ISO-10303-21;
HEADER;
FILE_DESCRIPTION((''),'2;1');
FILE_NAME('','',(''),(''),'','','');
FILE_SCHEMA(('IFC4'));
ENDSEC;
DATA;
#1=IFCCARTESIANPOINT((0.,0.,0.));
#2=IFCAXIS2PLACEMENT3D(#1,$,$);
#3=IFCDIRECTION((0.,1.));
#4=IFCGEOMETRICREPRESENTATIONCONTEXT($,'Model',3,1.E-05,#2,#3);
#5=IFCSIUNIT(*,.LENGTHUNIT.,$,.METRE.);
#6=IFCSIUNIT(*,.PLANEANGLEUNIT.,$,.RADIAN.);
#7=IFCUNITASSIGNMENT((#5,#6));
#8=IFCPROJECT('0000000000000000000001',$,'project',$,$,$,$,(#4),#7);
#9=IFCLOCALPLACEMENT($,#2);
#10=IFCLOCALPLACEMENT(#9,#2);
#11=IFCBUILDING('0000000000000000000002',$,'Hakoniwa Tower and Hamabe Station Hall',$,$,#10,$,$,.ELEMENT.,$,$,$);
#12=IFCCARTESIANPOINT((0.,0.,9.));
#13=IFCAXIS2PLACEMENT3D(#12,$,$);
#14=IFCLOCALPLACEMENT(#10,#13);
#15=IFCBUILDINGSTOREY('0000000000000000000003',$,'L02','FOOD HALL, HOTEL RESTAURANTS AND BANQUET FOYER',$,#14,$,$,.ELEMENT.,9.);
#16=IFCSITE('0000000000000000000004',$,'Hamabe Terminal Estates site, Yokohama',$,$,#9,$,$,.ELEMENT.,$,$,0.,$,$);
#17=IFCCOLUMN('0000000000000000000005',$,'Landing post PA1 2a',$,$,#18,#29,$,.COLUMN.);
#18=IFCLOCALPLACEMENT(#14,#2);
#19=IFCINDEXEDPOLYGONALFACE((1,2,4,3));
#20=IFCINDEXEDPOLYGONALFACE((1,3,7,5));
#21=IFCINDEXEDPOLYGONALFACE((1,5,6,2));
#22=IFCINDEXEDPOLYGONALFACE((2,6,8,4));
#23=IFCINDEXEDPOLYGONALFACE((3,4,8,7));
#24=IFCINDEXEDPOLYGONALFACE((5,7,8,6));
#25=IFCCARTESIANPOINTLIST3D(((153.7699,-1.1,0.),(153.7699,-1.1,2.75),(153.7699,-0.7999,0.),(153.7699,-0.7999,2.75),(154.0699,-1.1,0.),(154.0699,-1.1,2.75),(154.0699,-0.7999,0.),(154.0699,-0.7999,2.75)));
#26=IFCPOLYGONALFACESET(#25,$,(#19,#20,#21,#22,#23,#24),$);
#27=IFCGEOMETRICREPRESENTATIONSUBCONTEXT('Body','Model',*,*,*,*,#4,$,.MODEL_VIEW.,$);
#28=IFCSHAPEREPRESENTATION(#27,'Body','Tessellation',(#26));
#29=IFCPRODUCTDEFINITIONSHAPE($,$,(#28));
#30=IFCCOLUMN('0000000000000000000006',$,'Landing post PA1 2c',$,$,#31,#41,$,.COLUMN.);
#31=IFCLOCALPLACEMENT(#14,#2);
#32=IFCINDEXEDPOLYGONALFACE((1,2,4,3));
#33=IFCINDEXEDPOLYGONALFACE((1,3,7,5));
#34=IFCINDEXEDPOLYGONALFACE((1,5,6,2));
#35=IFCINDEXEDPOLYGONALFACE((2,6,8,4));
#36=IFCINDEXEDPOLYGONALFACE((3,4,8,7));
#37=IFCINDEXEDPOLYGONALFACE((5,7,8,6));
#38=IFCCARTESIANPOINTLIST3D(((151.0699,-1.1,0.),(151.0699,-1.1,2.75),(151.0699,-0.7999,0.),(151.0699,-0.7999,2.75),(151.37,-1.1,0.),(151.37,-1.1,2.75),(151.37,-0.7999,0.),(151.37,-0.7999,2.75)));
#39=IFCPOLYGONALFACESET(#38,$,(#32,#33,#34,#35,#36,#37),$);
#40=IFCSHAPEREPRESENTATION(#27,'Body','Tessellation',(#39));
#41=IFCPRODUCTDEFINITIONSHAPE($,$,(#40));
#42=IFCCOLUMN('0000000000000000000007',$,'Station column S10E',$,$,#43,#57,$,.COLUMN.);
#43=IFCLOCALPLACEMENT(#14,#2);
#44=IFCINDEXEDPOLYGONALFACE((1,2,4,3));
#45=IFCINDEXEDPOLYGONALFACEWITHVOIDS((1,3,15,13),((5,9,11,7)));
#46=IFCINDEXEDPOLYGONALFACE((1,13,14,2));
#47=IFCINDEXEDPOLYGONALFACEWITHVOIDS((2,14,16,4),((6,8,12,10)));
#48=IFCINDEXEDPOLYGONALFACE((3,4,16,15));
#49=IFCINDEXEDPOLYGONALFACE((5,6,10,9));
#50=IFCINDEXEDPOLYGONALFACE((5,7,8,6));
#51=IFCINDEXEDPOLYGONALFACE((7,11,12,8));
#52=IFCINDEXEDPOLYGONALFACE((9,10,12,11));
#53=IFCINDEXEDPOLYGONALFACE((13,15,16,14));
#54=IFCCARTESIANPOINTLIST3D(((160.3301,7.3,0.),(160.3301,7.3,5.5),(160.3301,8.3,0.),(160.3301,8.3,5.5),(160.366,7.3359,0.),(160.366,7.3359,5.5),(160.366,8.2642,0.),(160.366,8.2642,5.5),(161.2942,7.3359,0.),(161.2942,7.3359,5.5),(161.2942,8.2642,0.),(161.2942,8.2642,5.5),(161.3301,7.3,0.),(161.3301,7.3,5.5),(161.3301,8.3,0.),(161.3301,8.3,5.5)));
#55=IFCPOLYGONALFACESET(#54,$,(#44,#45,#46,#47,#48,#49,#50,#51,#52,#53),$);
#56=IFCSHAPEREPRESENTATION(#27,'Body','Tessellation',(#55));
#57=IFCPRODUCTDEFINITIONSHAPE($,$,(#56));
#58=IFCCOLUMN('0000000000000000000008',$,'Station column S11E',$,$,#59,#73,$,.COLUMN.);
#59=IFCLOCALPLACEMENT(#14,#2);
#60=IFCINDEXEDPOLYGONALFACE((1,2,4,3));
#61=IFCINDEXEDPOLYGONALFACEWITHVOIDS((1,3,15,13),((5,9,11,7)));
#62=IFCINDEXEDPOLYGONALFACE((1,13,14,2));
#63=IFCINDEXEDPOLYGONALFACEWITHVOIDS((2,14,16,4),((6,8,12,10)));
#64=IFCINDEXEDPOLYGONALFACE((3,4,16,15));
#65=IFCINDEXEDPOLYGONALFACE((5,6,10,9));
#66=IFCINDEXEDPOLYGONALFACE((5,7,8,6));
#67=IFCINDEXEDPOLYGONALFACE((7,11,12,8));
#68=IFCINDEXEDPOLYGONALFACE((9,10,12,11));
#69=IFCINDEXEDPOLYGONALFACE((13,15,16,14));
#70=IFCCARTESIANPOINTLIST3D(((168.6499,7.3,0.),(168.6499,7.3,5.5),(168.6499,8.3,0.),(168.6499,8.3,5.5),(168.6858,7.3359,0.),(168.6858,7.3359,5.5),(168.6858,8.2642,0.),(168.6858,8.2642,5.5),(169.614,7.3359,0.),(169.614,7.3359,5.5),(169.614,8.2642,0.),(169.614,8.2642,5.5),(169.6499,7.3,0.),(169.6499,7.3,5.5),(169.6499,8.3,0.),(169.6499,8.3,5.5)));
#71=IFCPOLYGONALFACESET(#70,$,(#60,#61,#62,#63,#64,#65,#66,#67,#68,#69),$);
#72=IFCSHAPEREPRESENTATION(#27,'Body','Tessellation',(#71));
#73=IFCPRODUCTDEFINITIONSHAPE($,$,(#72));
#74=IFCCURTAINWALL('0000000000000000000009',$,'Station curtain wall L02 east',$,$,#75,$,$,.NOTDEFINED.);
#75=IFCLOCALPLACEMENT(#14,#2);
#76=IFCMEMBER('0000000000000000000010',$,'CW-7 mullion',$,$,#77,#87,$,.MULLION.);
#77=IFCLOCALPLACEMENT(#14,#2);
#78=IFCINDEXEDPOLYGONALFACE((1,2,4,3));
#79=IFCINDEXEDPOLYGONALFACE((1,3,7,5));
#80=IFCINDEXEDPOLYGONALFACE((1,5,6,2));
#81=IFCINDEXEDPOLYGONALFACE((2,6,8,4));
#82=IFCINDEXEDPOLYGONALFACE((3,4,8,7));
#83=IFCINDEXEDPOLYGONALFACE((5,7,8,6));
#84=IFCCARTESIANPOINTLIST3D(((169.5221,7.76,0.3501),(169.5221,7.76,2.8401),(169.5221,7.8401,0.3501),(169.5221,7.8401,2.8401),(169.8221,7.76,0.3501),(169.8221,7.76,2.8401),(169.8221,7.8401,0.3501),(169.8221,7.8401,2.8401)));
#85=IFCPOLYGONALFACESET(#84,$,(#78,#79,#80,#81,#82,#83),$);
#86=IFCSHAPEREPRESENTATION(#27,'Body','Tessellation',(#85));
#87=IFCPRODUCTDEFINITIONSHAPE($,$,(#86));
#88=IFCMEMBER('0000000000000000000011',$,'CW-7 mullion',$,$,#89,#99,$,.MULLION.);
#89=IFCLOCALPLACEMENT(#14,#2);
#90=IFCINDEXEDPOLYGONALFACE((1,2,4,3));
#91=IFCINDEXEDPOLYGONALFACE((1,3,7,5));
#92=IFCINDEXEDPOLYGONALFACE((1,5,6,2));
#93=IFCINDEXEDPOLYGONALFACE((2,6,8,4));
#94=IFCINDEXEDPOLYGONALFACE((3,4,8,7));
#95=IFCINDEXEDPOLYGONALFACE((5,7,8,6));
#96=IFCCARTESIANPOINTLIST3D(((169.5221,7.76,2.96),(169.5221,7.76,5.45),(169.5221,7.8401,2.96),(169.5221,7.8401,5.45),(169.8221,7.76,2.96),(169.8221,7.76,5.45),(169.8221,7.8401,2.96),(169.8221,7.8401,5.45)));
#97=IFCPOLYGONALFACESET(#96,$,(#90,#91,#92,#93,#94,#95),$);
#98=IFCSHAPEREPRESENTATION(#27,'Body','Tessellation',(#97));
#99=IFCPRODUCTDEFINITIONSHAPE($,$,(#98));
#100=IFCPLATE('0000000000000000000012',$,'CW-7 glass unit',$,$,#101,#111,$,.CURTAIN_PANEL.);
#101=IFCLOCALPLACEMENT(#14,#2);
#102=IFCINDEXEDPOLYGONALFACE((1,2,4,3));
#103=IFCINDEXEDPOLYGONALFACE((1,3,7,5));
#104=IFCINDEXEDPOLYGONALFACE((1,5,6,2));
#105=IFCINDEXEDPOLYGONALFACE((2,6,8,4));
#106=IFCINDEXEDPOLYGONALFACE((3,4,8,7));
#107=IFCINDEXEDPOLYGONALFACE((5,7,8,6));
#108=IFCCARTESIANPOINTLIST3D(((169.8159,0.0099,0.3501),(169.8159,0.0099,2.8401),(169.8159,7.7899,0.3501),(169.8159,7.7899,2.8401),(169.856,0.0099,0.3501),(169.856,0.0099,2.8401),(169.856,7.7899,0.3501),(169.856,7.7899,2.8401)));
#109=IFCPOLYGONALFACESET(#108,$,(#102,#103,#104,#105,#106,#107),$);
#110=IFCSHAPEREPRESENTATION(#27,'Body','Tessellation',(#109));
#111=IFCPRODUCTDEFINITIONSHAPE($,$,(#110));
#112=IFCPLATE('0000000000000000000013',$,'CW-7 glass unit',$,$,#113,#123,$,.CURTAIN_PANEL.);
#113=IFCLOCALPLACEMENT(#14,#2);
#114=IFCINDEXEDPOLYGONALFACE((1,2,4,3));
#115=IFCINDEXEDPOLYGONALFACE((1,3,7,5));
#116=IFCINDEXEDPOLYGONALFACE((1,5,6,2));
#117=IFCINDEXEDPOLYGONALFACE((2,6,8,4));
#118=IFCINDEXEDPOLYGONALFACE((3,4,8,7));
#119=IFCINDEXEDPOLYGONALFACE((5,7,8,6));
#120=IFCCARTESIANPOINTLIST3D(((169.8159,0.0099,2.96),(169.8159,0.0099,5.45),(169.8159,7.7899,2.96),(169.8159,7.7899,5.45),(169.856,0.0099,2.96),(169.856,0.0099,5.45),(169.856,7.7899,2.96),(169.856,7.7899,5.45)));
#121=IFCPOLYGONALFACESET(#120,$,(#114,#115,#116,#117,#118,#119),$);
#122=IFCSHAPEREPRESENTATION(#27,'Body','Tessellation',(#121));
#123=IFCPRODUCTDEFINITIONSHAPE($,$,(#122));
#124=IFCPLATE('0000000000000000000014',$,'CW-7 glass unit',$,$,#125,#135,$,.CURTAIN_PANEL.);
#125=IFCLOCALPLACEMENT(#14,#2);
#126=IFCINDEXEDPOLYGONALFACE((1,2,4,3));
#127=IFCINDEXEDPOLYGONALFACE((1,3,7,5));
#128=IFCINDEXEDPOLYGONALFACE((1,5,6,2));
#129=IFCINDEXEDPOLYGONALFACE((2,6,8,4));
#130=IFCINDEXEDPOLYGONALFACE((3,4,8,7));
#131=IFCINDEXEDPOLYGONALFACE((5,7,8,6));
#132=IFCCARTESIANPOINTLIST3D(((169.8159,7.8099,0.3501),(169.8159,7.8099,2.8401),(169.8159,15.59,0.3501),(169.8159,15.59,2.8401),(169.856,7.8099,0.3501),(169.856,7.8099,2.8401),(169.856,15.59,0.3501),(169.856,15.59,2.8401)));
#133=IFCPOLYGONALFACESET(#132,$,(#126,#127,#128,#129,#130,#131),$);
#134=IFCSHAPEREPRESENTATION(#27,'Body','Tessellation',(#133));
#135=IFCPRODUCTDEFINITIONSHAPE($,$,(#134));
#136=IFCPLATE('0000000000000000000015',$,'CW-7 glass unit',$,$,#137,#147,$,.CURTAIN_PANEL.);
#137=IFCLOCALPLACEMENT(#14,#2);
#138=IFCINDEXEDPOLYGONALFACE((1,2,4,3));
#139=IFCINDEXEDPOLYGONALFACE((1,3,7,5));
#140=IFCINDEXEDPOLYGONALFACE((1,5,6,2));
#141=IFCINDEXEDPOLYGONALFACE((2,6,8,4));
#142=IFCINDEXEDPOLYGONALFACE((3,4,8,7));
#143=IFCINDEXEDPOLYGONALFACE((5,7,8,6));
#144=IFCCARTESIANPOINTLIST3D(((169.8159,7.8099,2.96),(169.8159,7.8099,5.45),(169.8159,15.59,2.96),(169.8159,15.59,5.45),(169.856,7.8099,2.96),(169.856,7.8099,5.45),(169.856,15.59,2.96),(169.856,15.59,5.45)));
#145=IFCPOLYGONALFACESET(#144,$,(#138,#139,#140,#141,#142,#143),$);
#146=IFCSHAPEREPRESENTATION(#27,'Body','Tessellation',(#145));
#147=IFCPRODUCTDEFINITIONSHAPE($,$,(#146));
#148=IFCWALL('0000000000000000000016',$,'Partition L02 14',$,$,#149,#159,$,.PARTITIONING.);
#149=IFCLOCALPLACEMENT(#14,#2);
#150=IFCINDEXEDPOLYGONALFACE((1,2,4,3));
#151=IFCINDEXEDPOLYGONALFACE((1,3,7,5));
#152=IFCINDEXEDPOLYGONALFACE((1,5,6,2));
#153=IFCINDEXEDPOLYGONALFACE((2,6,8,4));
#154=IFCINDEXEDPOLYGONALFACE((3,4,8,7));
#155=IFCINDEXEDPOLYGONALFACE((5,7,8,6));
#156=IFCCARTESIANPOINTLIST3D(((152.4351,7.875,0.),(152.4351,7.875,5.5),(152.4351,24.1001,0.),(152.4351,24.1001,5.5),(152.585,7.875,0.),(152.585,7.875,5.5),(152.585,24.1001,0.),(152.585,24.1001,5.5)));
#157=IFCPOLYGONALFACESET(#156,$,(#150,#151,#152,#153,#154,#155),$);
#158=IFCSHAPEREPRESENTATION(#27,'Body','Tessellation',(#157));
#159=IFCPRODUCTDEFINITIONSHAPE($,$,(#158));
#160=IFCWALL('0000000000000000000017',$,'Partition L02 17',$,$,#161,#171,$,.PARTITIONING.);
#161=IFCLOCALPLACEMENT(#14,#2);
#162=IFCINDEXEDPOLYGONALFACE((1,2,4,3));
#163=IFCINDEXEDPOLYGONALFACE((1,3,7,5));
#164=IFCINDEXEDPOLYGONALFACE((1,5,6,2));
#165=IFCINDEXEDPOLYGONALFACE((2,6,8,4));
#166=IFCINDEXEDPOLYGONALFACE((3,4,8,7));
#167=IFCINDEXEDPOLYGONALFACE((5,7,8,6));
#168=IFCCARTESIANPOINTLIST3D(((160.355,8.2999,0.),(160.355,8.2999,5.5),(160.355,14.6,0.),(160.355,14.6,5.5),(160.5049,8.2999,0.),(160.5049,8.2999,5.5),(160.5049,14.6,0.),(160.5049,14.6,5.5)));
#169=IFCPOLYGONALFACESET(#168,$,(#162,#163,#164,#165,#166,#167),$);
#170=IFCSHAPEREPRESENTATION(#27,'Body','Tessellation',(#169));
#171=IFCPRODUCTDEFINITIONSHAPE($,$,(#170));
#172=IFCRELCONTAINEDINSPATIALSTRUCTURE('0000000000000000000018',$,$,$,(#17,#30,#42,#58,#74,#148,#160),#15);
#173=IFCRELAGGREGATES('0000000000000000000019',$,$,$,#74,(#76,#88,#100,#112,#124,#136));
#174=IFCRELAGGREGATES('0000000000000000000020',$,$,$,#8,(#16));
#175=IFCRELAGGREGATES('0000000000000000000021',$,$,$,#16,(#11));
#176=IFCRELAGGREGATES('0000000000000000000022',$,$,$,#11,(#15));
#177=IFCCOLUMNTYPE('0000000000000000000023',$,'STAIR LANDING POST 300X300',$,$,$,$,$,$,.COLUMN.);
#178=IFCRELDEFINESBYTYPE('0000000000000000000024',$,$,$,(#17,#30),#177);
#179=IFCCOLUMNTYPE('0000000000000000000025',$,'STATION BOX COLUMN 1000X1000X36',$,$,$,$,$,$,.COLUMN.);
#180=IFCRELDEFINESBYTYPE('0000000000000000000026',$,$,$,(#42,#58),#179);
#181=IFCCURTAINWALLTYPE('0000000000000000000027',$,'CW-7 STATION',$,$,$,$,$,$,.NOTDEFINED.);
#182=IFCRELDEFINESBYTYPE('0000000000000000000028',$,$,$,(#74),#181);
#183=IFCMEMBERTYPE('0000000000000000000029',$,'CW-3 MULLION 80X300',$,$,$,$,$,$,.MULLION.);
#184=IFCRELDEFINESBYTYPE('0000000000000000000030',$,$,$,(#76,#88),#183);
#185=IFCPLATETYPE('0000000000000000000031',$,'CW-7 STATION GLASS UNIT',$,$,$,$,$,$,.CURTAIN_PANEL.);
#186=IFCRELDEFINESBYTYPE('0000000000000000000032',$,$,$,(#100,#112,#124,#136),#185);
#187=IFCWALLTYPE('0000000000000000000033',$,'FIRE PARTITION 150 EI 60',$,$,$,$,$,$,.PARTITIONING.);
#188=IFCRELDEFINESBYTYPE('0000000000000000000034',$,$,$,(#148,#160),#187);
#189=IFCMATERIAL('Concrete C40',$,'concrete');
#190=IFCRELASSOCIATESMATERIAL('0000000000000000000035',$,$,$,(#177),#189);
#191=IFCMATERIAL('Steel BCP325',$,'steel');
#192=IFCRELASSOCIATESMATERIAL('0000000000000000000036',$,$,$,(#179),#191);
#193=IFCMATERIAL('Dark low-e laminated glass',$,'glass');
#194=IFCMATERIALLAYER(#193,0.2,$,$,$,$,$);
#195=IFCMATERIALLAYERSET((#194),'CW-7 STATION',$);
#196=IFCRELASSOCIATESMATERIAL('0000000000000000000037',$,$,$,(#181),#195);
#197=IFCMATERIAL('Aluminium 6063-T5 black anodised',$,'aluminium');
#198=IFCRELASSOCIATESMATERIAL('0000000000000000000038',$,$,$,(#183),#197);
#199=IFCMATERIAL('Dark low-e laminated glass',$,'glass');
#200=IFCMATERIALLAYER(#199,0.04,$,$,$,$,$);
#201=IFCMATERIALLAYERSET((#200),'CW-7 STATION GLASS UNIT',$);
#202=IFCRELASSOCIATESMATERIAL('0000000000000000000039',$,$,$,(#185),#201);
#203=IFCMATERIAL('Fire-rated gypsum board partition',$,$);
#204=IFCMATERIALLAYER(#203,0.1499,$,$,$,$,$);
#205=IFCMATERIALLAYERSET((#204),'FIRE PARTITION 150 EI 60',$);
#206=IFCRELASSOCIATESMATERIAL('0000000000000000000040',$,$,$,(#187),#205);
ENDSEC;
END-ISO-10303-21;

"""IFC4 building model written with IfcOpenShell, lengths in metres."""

from ifc_helpers import new_model, si_unit, direction, frame, frame_2d, origin, origin_2d, place, context, subcontext, project, spatial, rectangle, hollow_rectangle, extrude, material, layer, layer_set, material_profile, profile_set, type_object, element, aggregate, save


model = new_model("IFC4")

# Units and contexts
model_context = context("Model", 3, precision=1e-05, world=origin(), true_north=direction((0.0, 1.0)))
body_context = subcontext(model_context, "Body", "Model", "MODEL_VIEW")
ifc_project = project(units=[si_unit("LENGTHUNIT", "METRE"), si_unit("PLANEANGLEUNIT", "RADIAN")], contexts=[model_context])

# Site, building, storey
site_placement = place(None, origin())
site = spatial("IfcSite", under=ifc_project, at=site_placement, Name="Hamabe Terminal Estates site, Yokohama", CompositionType="ELEMENT", RefElevation=0.0)
building_placement = place(site_placement, origin())
building = spatial("IfcBuilding", under=site, at=building_placement, Name="Hakoniwa Tower and Hamabe Station Hall", CompositionType="ELEMENT")
storey_placement = place(building_placement, frame((0.0, 0.0, 9.0)))
storey = spatial("IfcBuildingStorey", under=building, at=storey_placement, Name="L02", Description="FOOD HALL, HOTEL RESTAURANTS AND BANQUET FOYER", CompositionType="ELEMENT", Elevation=9.0)

# Columns
ifc_material_1 = material(Name="Concrete C40", Category="concrete")
ifc_material_profile_1 = material_profile(ifc_material_1, rectangle(XDim=0.3, YDim=0.3, at=origin_2d()), Name="STAIR LANDING POST 300X300")
ifc_profile_set_1 = profile_set([ifc_material_profile_1], Name="Concrete C40")
column_type_1 = type_object("IfcColumnType", Name="STAIR LANDING POST 300X300", PredefinedType="COLUMN", material=ifc_profile_set_1)
for number, where, z_axis, x_axis, name in (
    (1, (153.9199, -0.95, 0.0), (0.0, 0.0, 1.0), (1.0, 0.0, 0.0), "Landing post PA1 2a"),
    (2, (151.22, -0.95, 0.0), (0.0, 0.0, 1.0), (1.0, 0.0, 0.0), "Landing post PA1 2c"),
):
    element("IfcColumn", number, at=place(storey_placement, frame(where, z_axis=z_axis, x_axis=x_axis)), inside=storey, type_object=column_type_1, Name=name, PredefinedType="COLUMN", context=body_context, shape_type="SweptSolid", body=[
        extrude(rectangle(XDim=0.3, YDim=0.3, at=origin_2d()), origin(), (0.0, 0.0, 1.0), 2.75),
    ])
ifc_material_2 = material(Name="Steel BCP325", Category="steel")
ifc_material_profile_2 = material_profile(ifc_material_2, hollow_rectangle(XDim=1.0, YDim=1.0, WallThickness=0.0359, at=origin_2d()), Name="STATION BOX COLUMN 1000X1000X36")
ifc_profile_set_2 = profile_set([ifc_material_profile_2], Name="Steel BCP325")
column_type_2 = type_object("IfcColumnType", Name="STATION BOX COLUMN 1000X1000X36", PredefinedType="COLUMN", material=ifc_profile_set_2)
for number, where, z_axis, x_axis, name in (
    (3, (160.8301, 7.8, 0.0), (0.0, 0.0, 1.0), (1.0, 0.0, 0.0), "Station column S10E"),
    (4, (169.1499, 7.8, 0.0), (0.0, 0.0, 1.0), (1.0, 0.0, 0.0), "Station column S11E"),
):
    element("IfcColumn", number, at=place(storey_placement, frame(where, z_axis=z_axis, x_axis=x_axis)), inside=storey, type_object=column_type_2, Name=name, PredefinedType="COLUMN", context=body_context, shape_type="SweptSolid", body=[
        extrude(hollow_rectangle(XDim=1.0, YDim=1.0, WallThickness=0.0359, at=origin_2d()), origin(), (0.0, 0.0, 1.0), 5.5),
    ])

# Curtain wall, members, plates
ifc_material_3 = material(Name="Dark low-e laminated glass", Category="glass")
ifc_layer_1 = layer(ifc_material_3, 0.2)
ifc_layer_set_1 = layer_set([ifc_layer_1], Name="CW-7 STATION")
curtain_wall_type = type_object("IfcCurtainWallType", Name="CW-7 STATION", PredefinedType="NOTDEFINED", material=ifc_layer_set_1)
curtain_wall_placement = place(storey_placement, origin())
curtain_wall = element("IfcCurtainWall", 5, at=curtain_wall_placement, inside=storey, type_object=curtain_wall_type, Name="Station curtain wall L02 east", PredefinedType="NOTDEFINED")
ifc_material_4 = material(Name="Aluminium 6063-T5 black anodised", Category="aluminium")
ifc_material_profile_3 = material_profile(ifc_material_4, rectangle(XDim=0.0801, YDim=0.3, at=origin_2d()), Name="CW-3 MULLION 80X300")
ifc_profile_set_3 = profile_set([ifc_material_profile_3], Name="Aluminium 6063-T5 black anodised")
member_type = type_object("IfcMemberType", Name="CW-3 MULLION 80X300", PredefinedType="MULLION", material=ifc_profile_set_3)
member_1_placement = place(storey_placement, frame((169.6721, 7.8, 0.3501), z_axis=(0.0, 0.0, 1.0), x_axis=(0.0, 1.0, 0.0)))
member_1 = element("IfcMember", 6, at=member_1_placement, type_object=member_type, Name="CW-7 mullion", PredefinedType="MULLION", context=body_context, shape_type="SweptSolid", body=[
    extrude(rectangle(XDim=0.0801, YDim=0.3, at=origin_2d()), origin(), (0.0, 0.0, 1.0), 2.49),
])
member_2_placement = place(storey_placement, frame((169.6721, 7.8, 2.96), z_axis=(0.0, 0.0, 1.0), x_axis=(0.0, 1.0, 0.0)))
member_2 = element("IfcMember", 7, at=member_2_placement, type_object=member_type, Name="CW-7 mullion", PredefinedType="MULLION", context=body_context, shape_type="SweptSolid", body=[
    extrude(rectangle(XDim=0.0801, YDim=0.3, at=origin_2d()), origin(), (0.0, 0.0, 1.0), 2.49),
])
ifc_material_5 = material(Name="Dark low-e laminated glass", Category="glass")
ifc_layer_2 = layer(ifc_material_5, 0.04)
ifc_layer_set_2 = layer_set([ifc_layer_2], Name="CW-7 STATION GLASS UNIT")
plate_type = type_object("IfcPlateType", Name="CW-7 STATION GLASS UNIT", PredefinedType="CURTAIN_PANEL", material=ifc_layer_set_2)
plate_1_placement = place(storey_placement, frame((169.8359, 3.8999, 0.3501), z_axis=(0.0, 0.0, 1.0), x_axis=(0.0, 1.0, 0.0)))
plate_1 = element("IfcPlate", 8, at=plate_1_placement, type_object=plate_type, Name="CW-7 glass unit", PredefinedType="CURTAIN_PANEL", context=body_context, shape_type="SweptSolid", body=[
    extrude(rectangle(XDim=7.78, YDim=0.04, at=origin_2d()), origin(), (0.0, 0.0, 1.0), 2.49),
])
plate_2_placement = place(storey_placement, frame((169.8359, 3.8999, 2.96), z_axis=(0.0, 0.0, 1.0), x_axis=(0.0, 1.0, 0.0)))
plate_2 = element("IfcPlate", 9, at=plate_2_placement, type_object=plate_type, Name="CW-7 glass unit", PredefinedType="CURTAIN_PANEL", context=body_context, shape_type="SweptSolid", body=[
    extrude(rectangle(XDim=7.78, YDim=0.04, at=origin_2d()), origin(), (0.0, 0.0, 1.0), 2.49),
])
plate_3_placement = place(storey_placement, frame((169.8359, 11.7, 0.3501), z_axis=(0.0, 0.0, 1.0), x_axis=(0.0, 1.0, 0.0)))
plate_3 = element("IfcPlate", 10, at=plate_3_placement, type_object=plate_type, Name="CW-7 glass unit", PredefinedType="CURTAIN_PANEL", context=body_context, shape_type="SweptSolid", body=[
    extrude(rectangle(XDim=7.78, YDim=0.04, at=origin_2d()), origin(), (0.0, 0.0, 1.0), 2.49),
])
plate_4_placement = place(storey_placement, frame((169.8359, 11.7, 2.96), z_axis=(0.0, 0.0, 1.0), x_axis=(0.0, 1.0, 0.0)))
plate_4 = element("IfcPlate", 11, at=plate_4_placement, type_object=plate_type, Name="CW-7 glass unit", PredefinedType="CURTAIN_PANEL", context=body_context, shape_type="SweptSolid", body=[
    extrude(rectangle(XDim=7.78, YDim=0.04, at=origin_2d()), origin(), (0.0, 0.0, 1.0), 2.49),
])
aggregate(curtain_wall, [member_1, member_2, plate_1, plate_2, plate_3, plate_4])

# Walls
ifc_material_6 = material(Name="Fire-rated gypsum board partition")
ifc_layer_3 = layer(ifc_material_6, 0.1499)
ifc_layer_set_3 = layer_set([ifc_layer_3], Name="FIRE PARTITION 150 EI 60")
wall_type_1 = type_object("IfcWallType", Name="FIRE PARTITION 150 EI 60", PredefinedType="PARTITIONING", material=ifc_layer_set_3)
wall_1_placement = place(storey_placement, frame((152.51, 7.875, 0.0), z_axis=(0.0, 0.0, 1.0), x_axis=(0.0, 1.0, 0.0)))
element("IfcWall", 12, at=wall_1_placement, inside=storey, type_object=wall_type_1, Name="Partition L02 14", PredefinedType="PARTITIONING", context=body_context, shape_type="SweptSolid", body=[
    extrude(rectangle(XDim=16.2251, YDim=0.1499, at=frame_2d((8.1125, 0.0))), origin(), (0.0, 0.0, 1.0), 5.5),
])
wall_2_placement = place(storey_placement, frame((160.4299, 8.3, 0.0), z_axis=(0.0, 0.0, 1.0), x_axis=(0.0, 1.0, 0.0)))
element("IfcWall", 13, at=wall_2_placement, inside=storey, type_object=wall_type_1, Name="Partition L02 17", PredefinedType="PARTITIONING", context=body_context, shape_type="SweptSolid", body=[
    extrude(rectangle(XDim=6.3, YDim=0.1499, at=frame_2d((3.1499, 0.0))), origin(), (0.0, 0.0, 1.0), 5.5),
])

save(model, "model.ifc")
